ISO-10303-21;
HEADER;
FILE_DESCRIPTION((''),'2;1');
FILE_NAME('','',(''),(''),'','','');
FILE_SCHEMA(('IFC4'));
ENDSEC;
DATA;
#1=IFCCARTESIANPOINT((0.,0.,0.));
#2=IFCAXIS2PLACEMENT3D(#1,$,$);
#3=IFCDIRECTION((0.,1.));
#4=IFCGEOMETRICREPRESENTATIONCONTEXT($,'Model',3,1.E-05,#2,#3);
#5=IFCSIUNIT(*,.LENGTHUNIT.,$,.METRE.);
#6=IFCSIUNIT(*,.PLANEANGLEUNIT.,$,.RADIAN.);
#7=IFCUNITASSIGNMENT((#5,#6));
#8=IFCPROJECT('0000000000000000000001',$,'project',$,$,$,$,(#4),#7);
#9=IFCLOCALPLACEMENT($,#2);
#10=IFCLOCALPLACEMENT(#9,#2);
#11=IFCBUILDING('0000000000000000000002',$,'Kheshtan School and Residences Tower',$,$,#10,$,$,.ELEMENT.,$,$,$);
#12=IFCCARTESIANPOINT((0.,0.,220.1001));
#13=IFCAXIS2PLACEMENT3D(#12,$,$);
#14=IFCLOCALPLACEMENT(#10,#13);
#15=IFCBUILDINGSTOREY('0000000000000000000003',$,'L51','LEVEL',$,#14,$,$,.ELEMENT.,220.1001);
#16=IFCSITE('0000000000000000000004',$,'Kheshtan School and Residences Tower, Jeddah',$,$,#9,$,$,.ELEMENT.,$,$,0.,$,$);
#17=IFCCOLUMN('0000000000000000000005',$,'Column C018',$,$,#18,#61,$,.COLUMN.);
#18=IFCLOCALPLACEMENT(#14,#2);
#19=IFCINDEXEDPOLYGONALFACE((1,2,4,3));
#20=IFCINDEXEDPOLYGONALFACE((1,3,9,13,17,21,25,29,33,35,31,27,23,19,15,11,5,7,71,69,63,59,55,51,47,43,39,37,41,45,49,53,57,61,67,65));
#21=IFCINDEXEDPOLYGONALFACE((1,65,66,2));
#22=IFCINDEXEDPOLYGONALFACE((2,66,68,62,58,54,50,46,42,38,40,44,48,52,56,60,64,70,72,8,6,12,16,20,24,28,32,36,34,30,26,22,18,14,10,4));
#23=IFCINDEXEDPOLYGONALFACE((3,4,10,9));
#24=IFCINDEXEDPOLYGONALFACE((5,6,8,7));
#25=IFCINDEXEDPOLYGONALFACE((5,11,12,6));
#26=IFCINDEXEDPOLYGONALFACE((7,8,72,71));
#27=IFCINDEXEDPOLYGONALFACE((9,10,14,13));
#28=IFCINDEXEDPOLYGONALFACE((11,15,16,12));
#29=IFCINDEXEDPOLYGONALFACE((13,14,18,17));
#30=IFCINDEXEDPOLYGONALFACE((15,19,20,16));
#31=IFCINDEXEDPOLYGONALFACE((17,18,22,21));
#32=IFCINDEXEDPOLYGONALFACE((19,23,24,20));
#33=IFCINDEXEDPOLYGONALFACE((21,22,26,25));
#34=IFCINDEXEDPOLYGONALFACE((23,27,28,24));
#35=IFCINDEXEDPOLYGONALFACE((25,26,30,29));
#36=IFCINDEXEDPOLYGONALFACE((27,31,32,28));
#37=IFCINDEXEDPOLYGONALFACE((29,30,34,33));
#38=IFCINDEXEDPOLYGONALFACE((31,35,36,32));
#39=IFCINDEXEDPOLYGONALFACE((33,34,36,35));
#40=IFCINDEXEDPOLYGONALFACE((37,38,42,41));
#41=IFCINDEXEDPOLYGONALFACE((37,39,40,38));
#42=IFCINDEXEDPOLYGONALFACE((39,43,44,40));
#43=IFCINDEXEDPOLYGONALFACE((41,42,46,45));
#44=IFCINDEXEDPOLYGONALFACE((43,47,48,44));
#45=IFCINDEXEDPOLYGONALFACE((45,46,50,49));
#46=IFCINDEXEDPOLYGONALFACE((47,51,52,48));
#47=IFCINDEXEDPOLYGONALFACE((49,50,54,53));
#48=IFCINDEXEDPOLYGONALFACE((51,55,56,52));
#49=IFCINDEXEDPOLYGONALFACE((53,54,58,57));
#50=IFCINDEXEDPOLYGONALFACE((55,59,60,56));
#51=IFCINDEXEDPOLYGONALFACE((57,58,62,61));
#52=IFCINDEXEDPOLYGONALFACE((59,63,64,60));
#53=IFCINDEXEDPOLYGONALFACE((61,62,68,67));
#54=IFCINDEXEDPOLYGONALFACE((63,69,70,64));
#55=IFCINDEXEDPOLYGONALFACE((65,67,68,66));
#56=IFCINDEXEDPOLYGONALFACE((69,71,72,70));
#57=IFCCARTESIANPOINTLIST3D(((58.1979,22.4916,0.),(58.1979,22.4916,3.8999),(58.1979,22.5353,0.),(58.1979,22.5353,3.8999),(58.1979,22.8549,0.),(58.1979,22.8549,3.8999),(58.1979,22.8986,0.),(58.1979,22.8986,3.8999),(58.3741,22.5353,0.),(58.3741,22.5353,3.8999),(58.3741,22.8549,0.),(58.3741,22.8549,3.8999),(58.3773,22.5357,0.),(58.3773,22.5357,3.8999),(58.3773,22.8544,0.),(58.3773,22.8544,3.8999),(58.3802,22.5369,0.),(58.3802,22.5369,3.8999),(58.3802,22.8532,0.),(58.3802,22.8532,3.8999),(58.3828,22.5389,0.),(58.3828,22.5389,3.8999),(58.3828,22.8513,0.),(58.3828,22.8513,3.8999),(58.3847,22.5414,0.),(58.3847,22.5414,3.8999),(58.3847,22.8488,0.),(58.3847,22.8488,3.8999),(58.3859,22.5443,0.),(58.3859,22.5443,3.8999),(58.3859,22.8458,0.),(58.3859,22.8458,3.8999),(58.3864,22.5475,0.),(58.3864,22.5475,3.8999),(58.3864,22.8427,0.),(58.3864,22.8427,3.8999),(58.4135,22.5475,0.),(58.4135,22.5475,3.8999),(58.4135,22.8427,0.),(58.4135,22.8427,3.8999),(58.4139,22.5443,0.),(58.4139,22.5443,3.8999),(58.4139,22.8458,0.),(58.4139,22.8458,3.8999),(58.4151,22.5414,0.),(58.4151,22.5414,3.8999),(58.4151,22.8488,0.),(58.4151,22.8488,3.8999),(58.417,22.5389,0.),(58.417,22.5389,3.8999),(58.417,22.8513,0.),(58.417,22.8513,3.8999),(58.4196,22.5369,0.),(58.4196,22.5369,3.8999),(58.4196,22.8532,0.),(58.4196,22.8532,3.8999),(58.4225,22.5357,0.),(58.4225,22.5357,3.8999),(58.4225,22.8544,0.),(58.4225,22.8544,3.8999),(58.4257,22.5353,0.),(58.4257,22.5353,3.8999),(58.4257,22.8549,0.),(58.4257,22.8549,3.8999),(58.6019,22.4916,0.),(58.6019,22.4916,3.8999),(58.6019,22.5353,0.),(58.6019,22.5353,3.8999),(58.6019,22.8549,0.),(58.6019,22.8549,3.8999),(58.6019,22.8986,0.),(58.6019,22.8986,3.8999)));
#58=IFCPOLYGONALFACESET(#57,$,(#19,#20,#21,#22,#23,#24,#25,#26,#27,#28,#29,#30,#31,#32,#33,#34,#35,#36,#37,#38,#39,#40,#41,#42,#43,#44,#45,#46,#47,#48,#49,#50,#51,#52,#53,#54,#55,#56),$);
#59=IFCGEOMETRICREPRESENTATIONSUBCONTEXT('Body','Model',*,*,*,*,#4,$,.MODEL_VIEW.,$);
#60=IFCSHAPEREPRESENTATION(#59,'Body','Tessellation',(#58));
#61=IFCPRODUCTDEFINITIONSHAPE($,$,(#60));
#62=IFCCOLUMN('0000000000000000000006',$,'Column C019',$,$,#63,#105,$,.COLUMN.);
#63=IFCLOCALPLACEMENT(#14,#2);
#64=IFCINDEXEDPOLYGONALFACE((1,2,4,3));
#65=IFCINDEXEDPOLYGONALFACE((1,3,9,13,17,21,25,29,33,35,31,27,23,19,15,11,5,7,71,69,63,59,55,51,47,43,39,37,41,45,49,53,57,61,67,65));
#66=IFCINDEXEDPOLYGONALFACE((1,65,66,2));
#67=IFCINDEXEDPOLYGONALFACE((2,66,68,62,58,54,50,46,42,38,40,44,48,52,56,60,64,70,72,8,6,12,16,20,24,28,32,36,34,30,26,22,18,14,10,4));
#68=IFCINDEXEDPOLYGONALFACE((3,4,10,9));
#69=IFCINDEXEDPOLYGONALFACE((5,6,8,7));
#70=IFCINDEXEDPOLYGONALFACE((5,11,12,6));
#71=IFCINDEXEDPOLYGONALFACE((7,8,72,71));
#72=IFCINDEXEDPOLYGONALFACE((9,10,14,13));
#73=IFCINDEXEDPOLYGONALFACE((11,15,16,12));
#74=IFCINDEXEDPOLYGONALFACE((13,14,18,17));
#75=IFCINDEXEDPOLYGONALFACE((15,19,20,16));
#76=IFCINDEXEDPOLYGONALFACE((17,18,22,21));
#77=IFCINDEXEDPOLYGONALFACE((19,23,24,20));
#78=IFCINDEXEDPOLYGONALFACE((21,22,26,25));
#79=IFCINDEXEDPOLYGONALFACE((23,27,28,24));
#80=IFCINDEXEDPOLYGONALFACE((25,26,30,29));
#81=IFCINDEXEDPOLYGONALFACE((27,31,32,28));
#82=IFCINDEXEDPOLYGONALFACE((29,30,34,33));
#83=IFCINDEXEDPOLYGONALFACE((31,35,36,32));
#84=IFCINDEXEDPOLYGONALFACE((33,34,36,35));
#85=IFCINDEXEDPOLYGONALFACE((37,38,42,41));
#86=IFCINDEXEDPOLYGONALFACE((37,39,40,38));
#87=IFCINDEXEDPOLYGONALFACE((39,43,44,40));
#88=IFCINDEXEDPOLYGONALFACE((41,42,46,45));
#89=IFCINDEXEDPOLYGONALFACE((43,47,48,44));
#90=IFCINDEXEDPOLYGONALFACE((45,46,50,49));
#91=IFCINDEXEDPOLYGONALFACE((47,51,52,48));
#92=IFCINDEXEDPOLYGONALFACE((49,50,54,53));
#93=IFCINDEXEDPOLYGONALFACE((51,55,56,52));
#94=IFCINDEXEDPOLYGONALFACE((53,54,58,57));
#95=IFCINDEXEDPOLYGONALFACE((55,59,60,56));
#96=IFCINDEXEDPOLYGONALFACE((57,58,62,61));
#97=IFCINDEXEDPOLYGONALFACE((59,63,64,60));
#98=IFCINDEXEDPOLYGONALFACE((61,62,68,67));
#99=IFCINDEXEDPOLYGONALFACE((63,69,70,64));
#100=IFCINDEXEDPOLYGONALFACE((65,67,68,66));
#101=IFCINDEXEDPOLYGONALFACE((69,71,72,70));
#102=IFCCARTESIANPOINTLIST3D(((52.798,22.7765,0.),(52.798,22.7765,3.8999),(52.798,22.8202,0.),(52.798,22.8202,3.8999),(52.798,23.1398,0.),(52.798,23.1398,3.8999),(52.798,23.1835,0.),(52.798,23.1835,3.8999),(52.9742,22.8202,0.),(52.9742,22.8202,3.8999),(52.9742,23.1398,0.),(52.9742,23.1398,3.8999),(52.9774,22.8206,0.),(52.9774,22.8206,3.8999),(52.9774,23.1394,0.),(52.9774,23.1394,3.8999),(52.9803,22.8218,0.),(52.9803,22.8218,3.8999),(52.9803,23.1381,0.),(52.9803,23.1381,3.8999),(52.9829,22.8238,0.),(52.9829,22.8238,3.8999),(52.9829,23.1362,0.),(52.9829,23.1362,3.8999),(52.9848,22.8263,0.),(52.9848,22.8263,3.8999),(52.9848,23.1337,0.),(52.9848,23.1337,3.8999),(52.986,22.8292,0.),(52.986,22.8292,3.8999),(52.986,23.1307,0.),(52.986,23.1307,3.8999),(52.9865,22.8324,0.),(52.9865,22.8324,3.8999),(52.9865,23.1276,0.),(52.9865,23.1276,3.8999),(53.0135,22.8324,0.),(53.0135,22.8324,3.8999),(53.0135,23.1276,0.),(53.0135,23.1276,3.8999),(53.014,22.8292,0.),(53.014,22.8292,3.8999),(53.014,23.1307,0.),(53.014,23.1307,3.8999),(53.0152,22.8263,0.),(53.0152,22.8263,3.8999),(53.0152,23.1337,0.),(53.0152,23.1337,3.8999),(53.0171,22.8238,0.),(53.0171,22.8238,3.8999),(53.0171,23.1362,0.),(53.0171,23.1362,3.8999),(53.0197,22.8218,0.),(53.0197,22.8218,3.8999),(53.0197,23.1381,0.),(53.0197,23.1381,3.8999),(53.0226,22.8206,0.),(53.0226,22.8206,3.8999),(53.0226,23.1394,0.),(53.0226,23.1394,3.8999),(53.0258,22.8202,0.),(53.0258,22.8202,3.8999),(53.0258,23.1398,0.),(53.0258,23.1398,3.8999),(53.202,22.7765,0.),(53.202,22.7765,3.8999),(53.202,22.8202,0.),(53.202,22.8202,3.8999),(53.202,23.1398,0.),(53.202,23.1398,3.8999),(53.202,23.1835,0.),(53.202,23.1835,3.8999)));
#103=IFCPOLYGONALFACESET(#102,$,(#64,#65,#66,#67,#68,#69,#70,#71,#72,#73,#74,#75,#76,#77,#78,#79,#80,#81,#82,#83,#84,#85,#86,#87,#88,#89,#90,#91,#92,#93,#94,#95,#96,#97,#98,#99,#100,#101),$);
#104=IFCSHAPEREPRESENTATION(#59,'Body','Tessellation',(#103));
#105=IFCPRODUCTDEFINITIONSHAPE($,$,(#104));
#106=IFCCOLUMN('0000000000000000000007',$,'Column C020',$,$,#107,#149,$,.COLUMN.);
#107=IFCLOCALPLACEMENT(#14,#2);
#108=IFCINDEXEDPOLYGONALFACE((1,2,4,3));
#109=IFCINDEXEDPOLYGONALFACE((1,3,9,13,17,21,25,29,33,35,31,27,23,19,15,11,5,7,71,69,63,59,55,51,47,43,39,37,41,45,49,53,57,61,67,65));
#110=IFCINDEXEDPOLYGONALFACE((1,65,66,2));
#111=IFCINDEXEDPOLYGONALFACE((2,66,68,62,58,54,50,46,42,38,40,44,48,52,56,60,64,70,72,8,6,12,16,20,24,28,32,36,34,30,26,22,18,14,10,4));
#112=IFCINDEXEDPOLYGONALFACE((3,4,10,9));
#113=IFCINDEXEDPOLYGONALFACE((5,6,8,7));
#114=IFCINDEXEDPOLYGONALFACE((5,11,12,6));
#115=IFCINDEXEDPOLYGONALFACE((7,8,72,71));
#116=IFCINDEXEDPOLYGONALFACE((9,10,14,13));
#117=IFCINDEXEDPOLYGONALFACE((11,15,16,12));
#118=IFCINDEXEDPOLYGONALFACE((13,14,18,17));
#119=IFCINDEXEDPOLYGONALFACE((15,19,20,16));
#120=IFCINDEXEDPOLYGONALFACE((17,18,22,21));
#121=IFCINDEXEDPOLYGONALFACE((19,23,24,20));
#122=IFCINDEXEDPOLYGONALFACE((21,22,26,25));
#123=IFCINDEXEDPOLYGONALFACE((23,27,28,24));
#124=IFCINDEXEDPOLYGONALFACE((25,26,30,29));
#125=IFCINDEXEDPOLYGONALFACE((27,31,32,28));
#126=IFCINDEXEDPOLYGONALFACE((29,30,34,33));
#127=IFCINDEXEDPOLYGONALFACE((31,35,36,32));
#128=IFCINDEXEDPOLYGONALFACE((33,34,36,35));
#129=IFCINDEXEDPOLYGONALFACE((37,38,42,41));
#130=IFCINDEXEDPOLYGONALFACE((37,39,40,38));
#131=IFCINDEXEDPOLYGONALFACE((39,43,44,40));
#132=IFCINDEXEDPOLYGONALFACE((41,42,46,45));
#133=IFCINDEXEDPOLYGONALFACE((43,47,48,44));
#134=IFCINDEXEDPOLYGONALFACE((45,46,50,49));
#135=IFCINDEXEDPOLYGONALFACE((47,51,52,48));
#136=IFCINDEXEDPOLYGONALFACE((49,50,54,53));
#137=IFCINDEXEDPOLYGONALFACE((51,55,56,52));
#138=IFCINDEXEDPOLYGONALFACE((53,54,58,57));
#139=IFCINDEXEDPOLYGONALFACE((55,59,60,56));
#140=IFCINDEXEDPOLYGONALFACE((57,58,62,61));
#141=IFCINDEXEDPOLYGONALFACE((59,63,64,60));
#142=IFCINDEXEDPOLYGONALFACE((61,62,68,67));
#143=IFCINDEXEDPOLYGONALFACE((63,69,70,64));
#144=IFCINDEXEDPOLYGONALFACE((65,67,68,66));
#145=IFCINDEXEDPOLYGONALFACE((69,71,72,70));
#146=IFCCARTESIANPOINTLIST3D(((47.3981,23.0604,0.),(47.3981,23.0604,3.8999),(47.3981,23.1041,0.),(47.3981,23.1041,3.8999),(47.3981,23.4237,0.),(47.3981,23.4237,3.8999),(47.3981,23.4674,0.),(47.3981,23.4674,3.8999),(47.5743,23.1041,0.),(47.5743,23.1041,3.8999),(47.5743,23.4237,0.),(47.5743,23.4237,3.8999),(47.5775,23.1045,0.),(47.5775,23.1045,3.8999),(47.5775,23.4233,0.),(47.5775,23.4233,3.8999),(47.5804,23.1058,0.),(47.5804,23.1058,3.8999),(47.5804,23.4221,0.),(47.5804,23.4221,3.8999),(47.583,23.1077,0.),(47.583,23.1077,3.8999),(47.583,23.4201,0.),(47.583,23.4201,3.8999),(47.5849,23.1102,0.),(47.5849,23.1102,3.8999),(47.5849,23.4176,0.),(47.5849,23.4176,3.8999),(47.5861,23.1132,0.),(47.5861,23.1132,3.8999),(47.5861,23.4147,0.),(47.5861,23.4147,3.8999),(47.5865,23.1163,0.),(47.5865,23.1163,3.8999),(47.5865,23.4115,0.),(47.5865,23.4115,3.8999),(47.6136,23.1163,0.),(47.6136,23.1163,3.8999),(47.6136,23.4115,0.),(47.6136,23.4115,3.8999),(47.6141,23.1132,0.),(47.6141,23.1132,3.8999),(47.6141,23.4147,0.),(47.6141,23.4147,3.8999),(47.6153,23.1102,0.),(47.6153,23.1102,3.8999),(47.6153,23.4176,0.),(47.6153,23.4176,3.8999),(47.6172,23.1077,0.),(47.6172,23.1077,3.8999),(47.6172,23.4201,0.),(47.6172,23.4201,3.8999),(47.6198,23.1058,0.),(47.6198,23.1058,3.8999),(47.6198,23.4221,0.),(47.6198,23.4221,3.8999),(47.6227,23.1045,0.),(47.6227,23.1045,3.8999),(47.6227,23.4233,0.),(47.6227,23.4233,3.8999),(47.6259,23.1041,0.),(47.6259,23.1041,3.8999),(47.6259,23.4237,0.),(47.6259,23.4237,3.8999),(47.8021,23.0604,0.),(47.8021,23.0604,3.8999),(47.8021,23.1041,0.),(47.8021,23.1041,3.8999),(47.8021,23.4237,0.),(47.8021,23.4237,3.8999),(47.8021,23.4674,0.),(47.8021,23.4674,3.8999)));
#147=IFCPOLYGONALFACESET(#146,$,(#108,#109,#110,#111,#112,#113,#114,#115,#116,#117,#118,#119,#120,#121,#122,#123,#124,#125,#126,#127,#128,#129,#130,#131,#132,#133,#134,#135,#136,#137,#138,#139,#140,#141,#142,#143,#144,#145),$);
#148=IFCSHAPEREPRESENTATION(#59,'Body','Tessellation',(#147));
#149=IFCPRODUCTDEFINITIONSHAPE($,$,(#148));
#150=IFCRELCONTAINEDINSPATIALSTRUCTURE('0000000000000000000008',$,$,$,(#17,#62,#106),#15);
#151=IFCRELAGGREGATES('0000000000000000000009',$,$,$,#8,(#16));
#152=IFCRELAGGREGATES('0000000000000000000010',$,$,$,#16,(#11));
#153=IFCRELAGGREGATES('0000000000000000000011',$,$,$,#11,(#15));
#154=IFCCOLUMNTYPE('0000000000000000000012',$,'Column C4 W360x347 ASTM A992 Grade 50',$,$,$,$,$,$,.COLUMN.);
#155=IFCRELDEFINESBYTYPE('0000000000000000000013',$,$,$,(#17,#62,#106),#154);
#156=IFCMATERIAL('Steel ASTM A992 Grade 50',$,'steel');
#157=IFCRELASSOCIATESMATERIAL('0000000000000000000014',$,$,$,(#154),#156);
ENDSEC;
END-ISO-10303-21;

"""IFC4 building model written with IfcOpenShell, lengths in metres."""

from ifc_helpers import new_model, si_unit, direction, frame, origin, origin_2d, place, context, subcontext, project, spatial, i_section, extrude, material, material_profile, profile_set, type_object, element, save


model = new_model("IFC4")

# Units and contexts
model_context = context("Model", 3, precision=1e-05, world=origin(), true_north=direction((0.0, 1.0)))
body_context = subcontext(model_context, "Body", "Model", "MODEL_VIEW")
ifc_project = project(units=[si_unit("LENGTHUNIT", "METRE"), si_unit("PLANEANGLEUNIT", "RADIAN")], contexts=[model_context])

# Site, building, storey
site_placement = place(None, origin())
site = spatial("IfcSite", under=ifc_project, at=site_placement, Name="Kheshtan School and Residences Tower, Jeddah", CompositionType="ELEMENT", RefElevation=0.0)
building_placement = place(site_placement, origin())
building = spatial("IfcBuilding", under=site, at=building_placement, Name="Kheshtan School and Residences Tower", CompositionType="ELEMENT")
storey_placement = place(building_placement, frame((0.0, 0.0, 220.1001)))
storey = spatial("IfcBuildingStorey", under=building, at=storey_placement, Name="L51", Description="LEVEL", CompositionType="ELEMENT", Elevation=220.1001)

# Columns
ifc_material_1 = material(Name="Steel ASTM A992 Grade 50", Category="steel")
ifc_material_profile_1 = material_profile(ifc_material_1, i_section(OverallWidth=0.4041, OverallDepth=0.407, WebThickness=0.0271, FlangeThickness=0.0437, FilletRadius=0.0122, at=origin_2d()), Name="W360x347")
ifc_profile_set_1 = profile_set([ifc_material_profile_1], Name="Steel ASTM A992 Grade 50")
column_type_1 = type_object("IfcColumnType", Name="Column C4 W360x347 ASTM A992 Grade 50", PredefinedType="COLUMN", material=ifc_profile_set_1)
for number, where, z_axis, x_axis, name in (
    (1, (58.3999, 22.6951, 0.0), (0.0, 0.0, 1.0), (1.0, 0.0, 0.0), "Column C018"),
    (2, (53.0, 22.98, 0.0), (0.0, 0.0, 1.0), (1.0, 0.0, 0.0), "Column C019"),
    (3, (47.6001, 23.2639, 0.0), (0.0, 0.0, 1.0), (1.0, 0.0, 0.0), "Column C020"),
):
    element("IfcColumn", number, at=place(storey_placement, frame(where, z_axis=z_axis, x_axis=x_axis)), inside=storey, type_object=column_type_1, Name=name, PredefinedType="COLUMN", context=body_context, shape_type="SweptSolid", body=[
        extrude(i_section(OverallWidth=0.4041, OverallDepth=0.407, WebThickness=0.0271, FlangeThickness=0.0437, FilletRadius=0.0122, at=origin_2d()), origin(), (0.0, 0.0, 1.0), 3.8999),
    ])

save(model, "model.ifc")
